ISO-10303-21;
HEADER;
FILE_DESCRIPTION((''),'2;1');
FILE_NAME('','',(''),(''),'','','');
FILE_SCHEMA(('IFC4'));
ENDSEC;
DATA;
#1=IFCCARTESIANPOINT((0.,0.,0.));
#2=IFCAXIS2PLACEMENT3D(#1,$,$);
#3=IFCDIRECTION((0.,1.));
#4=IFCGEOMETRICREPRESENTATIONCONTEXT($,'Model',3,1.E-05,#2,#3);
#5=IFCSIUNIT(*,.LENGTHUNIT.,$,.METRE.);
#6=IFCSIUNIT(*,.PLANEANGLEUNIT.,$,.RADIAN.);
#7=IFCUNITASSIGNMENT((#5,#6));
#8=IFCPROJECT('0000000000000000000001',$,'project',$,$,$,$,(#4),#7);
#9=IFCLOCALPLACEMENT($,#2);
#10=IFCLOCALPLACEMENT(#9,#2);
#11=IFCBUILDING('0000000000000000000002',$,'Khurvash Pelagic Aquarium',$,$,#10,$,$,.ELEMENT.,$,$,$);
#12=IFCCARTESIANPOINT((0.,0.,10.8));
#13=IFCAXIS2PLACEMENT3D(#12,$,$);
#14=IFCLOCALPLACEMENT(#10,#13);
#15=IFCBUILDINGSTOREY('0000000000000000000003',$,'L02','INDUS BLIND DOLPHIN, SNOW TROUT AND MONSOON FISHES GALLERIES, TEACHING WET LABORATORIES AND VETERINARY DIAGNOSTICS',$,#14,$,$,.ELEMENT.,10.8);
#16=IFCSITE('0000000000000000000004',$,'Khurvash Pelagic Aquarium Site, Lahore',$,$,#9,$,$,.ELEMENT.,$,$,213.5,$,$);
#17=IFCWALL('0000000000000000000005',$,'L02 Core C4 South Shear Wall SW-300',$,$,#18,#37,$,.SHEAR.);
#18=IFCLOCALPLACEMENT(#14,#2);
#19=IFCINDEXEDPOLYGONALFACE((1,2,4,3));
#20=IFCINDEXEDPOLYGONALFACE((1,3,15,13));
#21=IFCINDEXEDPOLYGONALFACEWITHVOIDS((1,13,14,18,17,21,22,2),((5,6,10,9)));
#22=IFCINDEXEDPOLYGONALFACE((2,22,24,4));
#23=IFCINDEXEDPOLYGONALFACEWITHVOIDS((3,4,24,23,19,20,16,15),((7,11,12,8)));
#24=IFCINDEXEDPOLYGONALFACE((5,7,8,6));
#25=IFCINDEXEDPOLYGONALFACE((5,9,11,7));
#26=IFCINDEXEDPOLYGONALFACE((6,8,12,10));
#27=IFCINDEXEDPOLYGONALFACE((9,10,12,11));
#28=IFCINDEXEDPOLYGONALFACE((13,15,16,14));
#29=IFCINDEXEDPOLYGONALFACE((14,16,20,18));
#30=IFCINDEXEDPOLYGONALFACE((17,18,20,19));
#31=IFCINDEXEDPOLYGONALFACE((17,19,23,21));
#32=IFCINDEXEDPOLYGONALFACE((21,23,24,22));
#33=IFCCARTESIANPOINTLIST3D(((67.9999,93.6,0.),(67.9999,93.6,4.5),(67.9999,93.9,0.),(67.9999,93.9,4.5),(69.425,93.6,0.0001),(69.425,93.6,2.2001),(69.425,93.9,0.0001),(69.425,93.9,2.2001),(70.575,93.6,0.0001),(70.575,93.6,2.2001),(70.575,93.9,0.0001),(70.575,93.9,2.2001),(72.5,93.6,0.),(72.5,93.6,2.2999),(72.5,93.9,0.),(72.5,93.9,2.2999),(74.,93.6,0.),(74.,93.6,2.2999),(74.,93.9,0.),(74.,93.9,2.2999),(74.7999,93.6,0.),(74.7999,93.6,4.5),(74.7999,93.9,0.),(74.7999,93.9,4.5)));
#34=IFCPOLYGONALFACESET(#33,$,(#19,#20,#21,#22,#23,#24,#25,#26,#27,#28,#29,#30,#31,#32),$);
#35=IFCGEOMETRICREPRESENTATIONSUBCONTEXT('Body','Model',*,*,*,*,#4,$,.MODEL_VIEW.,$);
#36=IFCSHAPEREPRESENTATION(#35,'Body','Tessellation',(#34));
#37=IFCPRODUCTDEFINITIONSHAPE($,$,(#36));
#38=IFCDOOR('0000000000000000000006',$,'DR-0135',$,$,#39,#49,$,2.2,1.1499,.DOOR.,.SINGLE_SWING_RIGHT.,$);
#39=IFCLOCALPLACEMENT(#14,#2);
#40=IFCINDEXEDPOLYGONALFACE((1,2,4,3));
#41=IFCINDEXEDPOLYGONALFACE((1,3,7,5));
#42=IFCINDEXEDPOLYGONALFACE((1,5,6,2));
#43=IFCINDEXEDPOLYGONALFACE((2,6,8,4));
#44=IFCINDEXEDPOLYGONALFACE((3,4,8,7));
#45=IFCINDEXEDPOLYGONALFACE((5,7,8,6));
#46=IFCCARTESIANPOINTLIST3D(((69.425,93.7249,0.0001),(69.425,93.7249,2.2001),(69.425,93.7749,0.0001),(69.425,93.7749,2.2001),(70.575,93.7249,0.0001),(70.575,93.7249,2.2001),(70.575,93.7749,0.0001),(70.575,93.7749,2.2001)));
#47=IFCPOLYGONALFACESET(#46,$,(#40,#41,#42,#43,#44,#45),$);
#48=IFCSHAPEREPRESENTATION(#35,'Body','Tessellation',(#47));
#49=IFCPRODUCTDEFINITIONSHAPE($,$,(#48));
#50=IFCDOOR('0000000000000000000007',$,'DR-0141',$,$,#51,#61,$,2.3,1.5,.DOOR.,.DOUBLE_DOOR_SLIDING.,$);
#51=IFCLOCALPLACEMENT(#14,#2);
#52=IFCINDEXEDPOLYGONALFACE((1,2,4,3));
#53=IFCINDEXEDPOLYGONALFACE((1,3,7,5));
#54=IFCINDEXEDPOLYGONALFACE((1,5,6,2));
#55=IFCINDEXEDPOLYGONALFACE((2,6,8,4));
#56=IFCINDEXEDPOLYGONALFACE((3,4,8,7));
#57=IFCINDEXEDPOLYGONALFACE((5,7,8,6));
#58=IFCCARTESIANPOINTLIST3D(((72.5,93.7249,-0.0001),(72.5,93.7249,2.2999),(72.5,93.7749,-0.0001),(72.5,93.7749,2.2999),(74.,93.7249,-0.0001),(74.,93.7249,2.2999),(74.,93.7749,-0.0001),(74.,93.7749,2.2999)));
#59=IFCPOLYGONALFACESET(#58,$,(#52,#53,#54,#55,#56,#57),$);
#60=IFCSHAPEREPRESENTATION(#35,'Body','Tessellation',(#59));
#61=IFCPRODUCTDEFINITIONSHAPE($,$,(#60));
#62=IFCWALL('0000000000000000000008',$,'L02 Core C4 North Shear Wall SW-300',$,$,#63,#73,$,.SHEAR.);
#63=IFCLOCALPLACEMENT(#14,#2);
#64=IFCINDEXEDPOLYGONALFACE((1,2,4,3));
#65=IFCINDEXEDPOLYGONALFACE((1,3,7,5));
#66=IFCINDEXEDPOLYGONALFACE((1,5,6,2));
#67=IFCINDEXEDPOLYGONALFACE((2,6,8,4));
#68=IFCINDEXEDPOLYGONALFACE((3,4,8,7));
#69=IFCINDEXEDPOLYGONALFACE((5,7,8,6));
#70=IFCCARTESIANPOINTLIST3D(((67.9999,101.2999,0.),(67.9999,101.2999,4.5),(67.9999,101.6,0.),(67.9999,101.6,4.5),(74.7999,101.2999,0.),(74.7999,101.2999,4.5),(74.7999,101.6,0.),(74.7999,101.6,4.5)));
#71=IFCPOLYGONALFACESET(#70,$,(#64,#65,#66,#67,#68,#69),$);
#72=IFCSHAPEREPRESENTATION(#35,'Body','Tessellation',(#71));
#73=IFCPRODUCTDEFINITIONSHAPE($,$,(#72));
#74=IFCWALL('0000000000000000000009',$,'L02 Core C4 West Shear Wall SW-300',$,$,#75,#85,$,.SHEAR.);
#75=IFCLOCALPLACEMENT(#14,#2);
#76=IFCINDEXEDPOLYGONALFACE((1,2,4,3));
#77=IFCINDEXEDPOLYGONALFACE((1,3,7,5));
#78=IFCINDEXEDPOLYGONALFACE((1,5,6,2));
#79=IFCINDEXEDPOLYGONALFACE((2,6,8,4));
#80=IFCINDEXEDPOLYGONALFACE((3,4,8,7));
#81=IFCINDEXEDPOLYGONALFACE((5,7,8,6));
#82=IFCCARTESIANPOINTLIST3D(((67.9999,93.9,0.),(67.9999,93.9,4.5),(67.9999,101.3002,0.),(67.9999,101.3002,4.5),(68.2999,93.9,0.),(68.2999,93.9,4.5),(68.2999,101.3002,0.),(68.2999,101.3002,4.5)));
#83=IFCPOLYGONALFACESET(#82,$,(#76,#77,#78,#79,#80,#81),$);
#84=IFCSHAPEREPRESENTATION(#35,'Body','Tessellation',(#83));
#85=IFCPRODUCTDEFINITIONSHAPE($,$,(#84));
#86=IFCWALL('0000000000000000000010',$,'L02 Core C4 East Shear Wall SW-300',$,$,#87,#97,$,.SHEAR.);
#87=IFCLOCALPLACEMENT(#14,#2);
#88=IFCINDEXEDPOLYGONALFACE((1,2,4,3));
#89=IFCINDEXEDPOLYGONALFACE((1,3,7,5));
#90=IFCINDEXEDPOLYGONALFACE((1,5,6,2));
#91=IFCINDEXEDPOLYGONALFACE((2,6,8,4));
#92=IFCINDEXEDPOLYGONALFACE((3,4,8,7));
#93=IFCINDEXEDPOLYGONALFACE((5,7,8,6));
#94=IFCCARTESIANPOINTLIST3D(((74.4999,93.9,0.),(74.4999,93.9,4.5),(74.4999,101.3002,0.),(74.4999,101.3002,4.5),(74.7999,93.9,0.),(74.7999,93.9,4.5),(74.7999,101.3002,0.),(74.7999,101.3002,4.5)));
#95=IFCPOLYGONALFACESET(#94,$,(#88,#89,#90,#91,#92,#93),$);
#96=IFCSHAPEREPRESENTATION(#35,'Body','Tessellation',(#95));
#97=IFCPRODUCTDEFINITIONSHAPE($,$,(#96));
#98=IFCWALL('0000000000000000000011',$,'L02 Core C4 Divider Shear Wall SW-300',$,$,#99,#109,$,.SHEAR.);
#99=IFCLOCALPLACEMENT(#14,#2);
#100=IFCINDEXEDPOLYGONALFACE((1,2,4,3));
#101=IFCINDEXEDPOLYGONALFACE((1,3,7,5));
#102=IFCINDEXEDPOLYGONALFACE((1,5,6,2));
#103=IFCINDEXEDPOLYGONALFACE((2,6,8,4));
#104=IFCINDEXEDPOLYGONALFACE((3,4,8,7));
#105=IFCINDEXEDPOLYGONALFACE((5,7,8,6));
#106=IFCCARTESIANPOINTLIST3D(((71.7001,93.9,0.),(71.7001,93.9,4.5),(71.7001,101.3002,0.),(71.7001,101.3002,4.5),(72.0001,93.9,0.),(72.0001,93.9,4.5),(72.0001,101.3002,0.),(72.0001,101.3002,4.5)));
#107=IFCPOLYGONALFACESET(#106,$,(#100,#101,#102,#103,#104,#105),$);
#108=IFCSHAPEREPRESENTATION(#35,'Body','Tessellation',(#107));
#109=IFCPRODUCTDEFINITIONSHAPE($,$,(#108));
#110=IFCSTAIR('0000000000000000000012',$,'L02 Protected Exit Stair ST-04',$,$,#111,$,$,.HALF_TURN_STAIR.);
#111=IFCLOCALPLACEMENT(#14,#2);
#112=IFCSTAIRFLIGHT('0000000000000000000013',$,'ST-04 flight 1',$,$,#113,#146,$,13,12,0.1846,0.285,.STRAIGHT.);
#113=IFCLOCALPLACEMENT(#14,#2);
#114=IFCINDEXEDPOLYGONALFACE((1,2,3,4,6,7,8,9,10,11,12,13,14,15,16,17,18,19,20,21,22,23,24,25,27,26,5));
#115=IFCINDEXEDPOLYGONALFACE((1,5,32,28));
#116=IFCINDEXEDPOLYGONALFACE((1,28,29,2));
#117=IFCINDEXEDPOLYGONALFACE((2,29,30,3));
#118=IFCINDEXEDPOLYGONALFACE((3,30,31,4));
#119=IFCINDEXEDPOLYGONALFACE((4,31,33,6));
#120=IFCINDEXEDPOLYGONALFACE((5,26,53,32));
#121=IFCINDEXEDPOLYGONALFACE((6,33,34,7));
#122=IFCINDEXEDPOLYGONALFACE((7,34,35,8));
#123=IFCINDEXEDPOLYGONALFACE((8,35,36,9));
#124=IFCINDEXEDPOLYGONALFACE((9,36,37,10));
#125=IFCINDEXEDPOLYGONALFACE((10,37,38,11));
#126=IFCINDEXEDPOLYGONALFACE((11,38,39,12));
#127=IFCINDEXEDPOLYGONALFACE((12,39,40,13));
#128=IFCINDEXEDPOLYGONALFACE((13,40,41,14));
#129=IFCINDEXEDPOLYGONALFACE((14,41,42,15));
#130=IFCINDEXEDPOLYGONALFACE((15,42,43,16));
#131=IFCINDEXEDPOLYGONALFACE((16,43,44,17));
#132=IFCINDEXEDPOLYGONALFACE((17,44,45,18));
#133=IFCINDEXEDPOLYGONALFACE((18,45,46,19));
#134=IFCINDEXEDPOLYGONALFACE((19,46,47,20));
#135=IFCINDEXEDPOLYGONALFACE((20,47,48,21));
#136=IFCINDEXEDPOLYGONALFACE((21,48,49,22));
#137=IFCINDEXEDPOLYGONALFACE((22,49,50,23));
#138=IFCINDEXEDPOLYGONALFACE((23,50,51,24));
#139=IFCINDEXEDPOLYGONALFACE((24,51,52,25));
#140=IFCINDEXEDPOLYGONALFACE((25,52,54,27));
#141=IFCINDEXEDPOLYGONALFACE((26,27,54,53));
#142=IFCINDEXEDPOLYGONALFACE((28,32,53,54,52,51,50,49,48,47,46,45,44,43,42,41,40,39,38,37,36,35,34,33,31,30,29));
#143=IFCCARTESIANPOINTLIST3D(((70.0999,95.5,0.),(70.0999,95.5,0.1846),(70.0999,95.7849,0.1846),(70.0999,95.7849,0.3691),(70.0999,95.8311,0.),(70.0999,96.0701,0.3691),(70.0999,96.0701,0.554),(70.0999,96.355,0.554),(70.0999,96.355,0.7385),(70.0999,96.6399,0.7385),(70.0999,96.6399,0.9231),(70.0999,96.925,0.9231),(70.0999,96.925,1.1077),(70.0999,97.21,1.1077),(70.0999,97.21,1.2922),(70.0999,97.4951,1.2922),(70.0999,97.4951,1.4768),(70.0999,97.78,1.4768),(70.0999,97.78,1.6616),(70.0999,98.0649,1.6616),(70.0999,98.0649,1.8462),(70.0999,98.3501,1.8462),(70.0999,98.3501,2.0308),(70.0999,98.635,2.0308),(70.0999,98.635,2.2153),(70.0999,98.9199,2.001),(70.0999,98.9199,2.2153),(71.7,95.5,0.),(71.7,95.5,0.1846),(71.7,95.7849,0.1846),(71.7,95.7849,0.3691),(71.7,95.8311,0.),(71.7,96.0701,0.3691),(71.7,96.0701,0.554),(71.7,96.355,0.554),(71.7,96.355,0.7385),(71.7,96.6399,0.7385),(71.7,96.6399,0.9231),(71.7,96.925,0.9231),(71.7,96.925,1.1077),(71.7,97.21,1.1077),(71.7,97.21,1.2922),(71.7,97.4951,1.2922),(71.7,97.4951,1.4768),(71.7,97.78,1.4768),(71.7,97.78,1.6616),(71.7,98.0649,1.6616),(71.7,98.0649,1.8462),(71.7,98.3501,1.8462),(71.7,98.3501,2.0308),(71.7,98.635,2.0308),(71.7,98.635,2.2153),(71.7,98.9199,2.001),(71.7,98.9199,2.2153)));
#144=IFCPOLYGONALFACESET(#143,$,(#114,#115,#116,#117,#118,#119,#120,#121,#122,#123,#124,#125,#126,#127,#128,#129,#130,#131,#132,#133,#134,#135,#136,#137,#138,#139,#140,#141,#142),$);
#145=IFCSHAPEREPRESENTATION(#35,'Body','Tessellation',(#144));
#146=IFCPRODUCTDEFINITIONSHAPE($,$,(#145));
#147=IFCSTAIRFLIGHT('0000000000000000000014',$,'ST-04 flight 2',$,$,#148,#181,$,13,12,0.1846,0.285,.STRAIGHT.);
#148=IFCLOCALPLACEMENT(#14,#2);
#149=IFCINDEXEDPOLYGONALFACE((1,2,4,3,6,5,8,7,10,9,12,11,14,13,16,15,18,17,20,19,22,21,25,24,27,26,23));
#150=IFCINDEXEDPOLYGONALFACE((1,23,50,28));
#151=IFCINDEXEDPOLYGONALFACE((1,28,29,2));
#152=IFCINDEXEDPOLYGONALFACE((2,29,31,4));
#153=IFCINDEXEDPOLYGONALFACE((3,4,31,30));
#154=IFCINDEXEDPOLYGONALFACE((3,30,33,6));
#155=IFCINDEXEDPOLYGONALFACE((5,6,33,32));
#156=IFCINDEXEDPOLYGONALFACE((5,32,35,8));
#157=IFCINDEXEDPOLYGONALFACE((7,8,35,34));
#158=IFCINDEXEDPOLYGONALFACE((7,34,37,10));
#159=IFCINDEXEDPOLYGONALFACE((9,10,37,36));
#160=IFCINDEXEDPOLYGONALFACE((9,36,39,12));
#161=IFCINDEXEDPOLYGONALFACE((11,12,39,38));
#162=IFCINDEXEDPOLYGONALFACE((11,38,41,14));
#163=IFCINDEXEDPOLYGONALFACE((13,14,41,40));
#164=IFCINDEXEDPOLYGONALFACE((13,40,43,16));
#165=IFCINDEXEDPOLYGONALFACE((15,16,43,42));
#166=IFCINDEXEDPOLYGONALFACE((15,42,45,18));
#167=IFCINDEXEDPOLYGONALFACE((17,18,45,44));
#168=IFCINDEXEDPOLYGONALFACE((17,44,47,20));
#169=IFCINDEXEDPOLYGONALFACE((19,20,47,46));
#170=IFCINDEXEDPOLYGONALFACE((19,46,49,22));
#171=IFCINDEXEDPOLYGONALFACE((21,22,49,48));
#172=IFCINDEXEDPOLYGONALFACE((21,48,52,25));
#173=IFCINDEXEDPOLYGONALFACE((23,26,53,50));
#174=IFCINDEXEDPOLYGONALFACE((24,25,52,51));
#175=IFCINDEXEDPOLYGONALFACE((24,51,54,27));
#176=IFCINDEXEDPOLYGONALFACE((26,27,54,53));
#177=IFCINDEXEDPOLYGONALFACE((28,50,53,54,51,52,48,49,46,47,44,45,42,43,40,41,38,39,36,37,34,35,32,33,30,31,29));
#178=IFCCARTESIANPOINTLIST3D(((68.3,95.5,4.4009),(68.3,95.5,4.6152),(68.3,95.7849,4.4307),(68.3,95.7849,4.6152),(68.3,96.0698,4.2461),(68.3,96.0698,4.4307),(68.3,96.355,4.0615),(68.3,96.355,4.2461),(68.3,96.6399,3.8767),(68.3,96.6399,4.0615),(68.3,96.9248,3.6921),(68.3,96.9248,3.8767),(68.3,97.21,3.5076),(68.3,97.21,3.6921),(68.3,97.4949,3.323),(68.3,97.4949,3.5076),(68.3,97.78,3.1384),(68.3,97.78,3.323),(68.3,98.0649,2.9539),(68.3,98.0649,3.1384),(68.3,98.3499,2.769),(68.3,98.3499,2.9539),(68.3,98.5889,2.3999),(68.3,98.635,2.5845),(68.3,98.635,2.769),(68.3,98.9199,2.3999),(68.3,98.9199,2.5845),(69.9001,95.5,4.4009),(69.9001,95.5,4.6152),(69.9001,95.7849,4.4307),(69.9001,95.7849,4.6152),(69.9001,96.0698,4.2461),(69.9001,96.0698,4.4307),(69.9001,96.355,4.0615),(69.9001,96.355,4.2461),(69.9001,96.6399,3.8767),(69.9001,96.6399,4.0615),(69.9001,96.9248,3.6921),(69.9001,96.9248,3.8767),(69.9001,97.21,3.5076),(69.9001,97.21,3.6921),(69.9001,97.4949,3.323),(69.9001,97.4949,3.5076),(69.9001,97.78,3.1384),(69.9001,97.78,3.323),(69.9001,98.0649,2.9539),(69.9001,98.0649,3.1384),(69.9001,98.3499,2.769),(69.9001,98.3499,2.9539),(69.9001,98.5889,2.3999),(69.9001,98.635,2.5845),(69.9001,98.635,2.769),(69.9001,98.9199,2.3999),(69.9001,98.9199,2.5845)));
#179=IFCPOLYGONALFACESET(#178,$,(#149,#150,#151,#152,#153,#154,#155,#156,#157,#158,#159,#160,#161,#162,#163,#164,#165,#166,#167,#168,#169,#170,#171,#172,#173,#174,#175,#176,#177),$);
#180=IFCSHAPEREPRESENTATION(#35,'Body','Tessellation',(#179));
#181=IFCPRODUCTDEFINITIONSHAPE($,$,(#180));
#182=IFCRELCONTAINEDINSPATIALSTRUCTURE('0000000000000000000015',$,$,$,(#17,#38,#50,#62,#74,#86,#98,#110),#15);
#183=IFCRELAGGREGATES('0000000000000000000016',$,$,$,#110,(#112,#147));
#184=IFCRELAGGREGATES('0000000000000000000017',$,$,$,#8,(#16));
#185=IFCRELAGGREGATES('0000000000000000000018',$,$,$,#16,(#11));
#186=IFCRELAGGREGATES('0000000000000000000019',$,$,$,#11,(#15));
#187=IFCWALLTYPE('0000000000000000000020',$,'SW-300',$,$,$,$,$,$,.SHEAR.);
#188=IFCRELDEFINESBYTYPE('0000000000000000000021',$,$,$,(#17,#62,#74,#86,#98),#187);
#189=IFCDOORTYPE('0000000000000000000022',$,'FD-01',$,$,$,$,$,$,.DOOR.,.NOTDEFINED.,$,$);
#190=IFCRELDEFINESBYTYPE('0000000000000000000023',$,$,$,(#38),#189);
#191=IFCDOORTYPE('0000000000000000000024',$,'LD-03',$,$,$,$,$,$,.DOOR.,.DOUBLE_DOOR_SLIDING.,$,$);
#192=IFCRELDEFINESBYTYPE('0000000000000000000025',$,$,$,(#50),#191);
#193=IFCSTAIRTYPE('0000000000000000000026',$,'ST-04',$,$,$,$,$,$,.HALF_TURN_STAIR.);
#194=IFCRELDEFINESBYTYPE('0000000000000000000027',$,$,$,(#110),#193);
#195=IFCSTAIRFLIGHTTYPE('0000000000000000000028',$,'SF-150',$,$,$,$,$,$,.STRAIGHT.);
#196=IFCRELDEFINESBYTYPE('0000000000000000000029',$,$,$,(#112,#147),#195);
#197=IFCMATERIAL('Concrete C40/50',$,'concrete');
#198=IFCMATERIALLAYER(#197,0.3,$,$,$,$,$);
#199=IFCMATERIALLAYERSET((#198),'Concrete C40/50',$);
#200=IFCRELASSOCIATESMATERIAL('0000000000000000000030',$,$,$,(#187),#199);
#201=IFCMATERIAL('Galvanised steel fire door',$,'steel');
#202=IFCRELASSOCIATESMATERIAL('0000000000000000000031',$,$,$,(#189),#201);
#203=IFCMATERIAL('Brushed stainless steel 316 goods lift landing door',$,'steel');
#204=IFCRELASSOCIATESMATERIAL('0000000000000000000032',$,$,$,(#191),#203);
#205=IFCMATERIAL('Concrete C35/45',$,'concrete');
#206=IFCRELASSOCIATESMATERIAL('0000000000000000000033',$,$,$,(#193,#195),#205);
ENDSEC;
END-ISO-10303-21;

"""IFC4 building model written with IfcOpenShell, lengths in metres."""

from ifc_helpers import new_model, si_unit, direction, frame, frame_2d, origin, place, context, subcontext, project, spatial, polyline, rectangle, outline, extrude, material, layer, layer_set, type_object, element, fill, aggregate, save


model = new_model("IFC4")

# Units and contexts
model_context = context("Model", 3, precision=1e-05, world=origin(), true_north=direction((0.0, 1.0)))
body_context = subcontext(model_context, "Body", "Model", "MODEL_VIEW")
ifc_project = project(units=[si_unit("LENGTHUNIT", "METRE"), si_unit("PLANEANGLEUNIT", "RADIAN")], contexts=[model_context])

# Site, building, storey
site_placement = place(None, origin())
site = spatial("IfcSite", under=ifc_project, at=site_placement, Name="Khurvash Pelagic Aquarium Site, Lahore", CompositionType="ELEMENT", RefElevation=213.5)
building_placement = place(site_placement, origin())
building = spatial("IfcBuilding", under=site, at=building_placement, Name="Khurvash Pelagic Aquarium", CompositionType="ELEMENT")
storey_placement = place(building_placement, frame((0.0, 0.0, 10.8)))
storey = spatial("IfcBuildingStorey", under=building, at=storey_placement, Name="L02", Description="INDUS BLIND DOLPHIN, SNOW TROUT AND MONSOON FISHES GALLERIES, TEACHING WET LABORATORIES AND VETERINARY DIAGNOSTICS", CompositionType="ELEMENT", Elevation=10.8)

# Shared definitions
ifc_material_1 = material(Name="Concrete C35/45", Category="concrete")

# Shared definitions
ifc_material_2 = material(Name="Concrete C40/50", Category="concrete")

# Wall, openings, doors
ifc_layer_1 = layer(ifc_material_2, 0.3)
ifc_layer_set_1 = layer_set([ifc_layer_1], Name="Concrete C40/50")
wall_type_1 = type_object("IfcWallType", Name="SW-300", PredefinedType="SHEAR", material=ifc_layer_set_1)
wall_1_placement = place(storey_placement, frame((68.0, 93.75, 0.0), z_axis=(0.0, 0.0, 1.0), x_axis=(1.0, 0.0, 0.0)))
wall_1 = element("IfcWall", 1, at=wall_1_placement, inside=storey, type_object=wall_type_1, Name="L02 Core C4 South Shear Wall SW-300", PredefinedType="SHEAR", context=body_context, shape_type="SweptSolid", body=[
    extrude(rectangle(XDim=6.8, YDim=0.3, at=frame_2d((3.3999, 0.0))), origin(), (0.0, 0.0, 1.0), 4.5),
])
opening_1_placement = place(wall_1_placement, frame((1.425, 0.0, 0.0)))
opening_1 = element("IfcOpeningElement", 2, at=opening_1_placement, cuts=wall_1, PredefinedType="OPENING", context=body_context, shape_type="SweptSolid", body=[
    extrude(rectangle(XDim=1.1499, YDim=2.2, at=frame_2d((0.575, 1.1001))), frame((0.0, 0.1602, 0.0), z_axis=(0.0, -1.0, 0.0), x_axis=(1.0, 0.0, 0.0)), (0.0, 0.0, 1.0), 0.3201),
])
opening_2_placement = place(wall_1_placement, frame((4.5, 0.0, 0.0)))
opening_2 = element("IfcOpeningElement", 3, at=opening_2_placement, cuts=wall_1, PredefinedType="OPENING", context=body_context, shape_type="SweptSolid", body=[
    extrude(rectangle(XDim=1.5, YDim=2.3, at=frame_2d((0.75, 1.1499))), frame((0.0, 0.1602, 0.0), z_axis=(0.0, -1.0, 0.0), x_axis=(1.0, 0.0, 0.0)), (0.0, 0.0, 1.0), 0.3201),
])
ifc_material_3 = material(Name="Galvanised steel fire door", Category="steel")
door_type_1 = type_object("IfcDoorType", Name="FD-01", OperationType="NOTDEFINED", PredefinedType="DOOR", material=ifc_material_3)
door_1_placement = place(opening_1_placement, origin())
door_1 = element("IfcDoor", 4, at=door_1_placement, inside=storey, type_object=door_type_1, Name="DR-0135", OperationType="SINGLE_SWING_RIGHT", OverallHeight=2.2, OverallWidth=1.1499, PredefinedType="DOOR", context=body_context, shape_type="SweptSolid", body=[
    extrude(rectangle(XDim=1.1499, YDim=2.2, at=frame_2d((0.575, 1.1001))), frame((0.0, 0.0249, 0.0), z_axis=(0.0, -1.0, 0.0), x_axis=(1.0, 0.0, 0.0)), (0.0, 0.0, 1.0), 0.05),
])
fill(opening_1, door_1)
ifc_material_4 = material(Name="Brushed stainless steel 316 goods lift landing door", Category="steel")
door_type_2 = type_object("IfcDoorType", Name="LD-03", OperationType="DOUBLE_DOOR_SLIDING", PredefinedType="DOOR", material=ifc_material_4)
door_2_placement = place(opening_2_placement, origin())
door_2 = element("IfcDoor", 5, at=door_2_placement, inside=storey, type_object=door_type_2, Name="DR-0141", OperationType="DOUBLE_DOOR_SLIDING", OverallHeight=2.3, OverallWidth=1.5, PredefinedType="DOOR", context=body_context, shape_type="SweptSolid", body=[
    extrude(rectangle(XDim=1.5, YDim=2.3, at=frame_2d((0.75, 1.1499))), frame((0.0, 0.0249, 0.0), z_axis=(0.0, -1.0, 0.0), x_axis=(1.0, 0.0, 0.0)), (0.0, 0.0, 1.0), 0.05),
])
fill(opening_2, door_2)

# Walls
wall_2_placement = place(storey_placement, frame((68.0, 101.45, 0.0), z_axis=(0.0, 0.0, 1.0), x_axis=(1.0, 0.0, 0.0)))
element("IfcWall", 6, at=wall_2_placement, inside=storey, type_object=wall_type_1, Name="L02 Core C4 North Shear Wall SW-300", PredefinedType="SHEAR", context=body_context, shape_type="SweptSolid", body=[
    extrude(rectangle(XDim=6.8, YDim=0.3, at=frame_2d((3.3999, 0.0))), origin(), (0.0, 0.0, 1.0), 4.5),
])
for number, where, z_axis, x_axis, name in (
    (7, (68.1499, 93.8999, 0.0), (0.0, 0.0, 1.0), (0.0, 1.0, 0.0), "L02 Core C4 West Shear Wall SW-300"),
    (8, (74.6499, 93.8999, 0.0), (0.0, 0.0, 1.0), (0.0, 1.0, 0.0), "L02 Core C4 East Shear Wall SW-300"),
    (9, (71.8501, 93.8999, 0.0), (0.0, 0.0, 1.0), (0.0, 1.0, 0.0), "L02 Core C4 Divider Shear Wall SW-300"),
):
    element("IfcWall", number, at=place(storey_placement, frame(where, z_axis=z_axis, x_axis=x_axis)), inside=storey, type_object=wall_type_1, Name=name, PredefinedType="SHEAR", context=body_context, shape_type="SweptSolid", body=[
        extrude(rectangle(XDim=7.4001, YDim=0.3, at=frame_2d((3.7002, 0.0))), origin(), (0.0, 0.0, 1.0), 4.5),
    ])

# Stair, stair flights
stair_type = type_object("IfcStairType", Name="ST-04", PredefinedType="HALF_TURN_STAIR", material=ifc_material_1)
stair_placement = place(storey_placement, origin())
stair = element("IfcStair", 10, at=stair_placement, inside=storey, type_object=stair_type, Name="L02 Protected Exit Stair ST-04", PredefinedType="HALF_TURN_STAIR")
stair_flight_type = type_object("IfcStairFlightType", Name="SF-150", PredefinedType="STRAIGHT", material=ifc_material_1)
stair_flight_1_placement = place(storey_placement, frame((70.8999, 95.5, 0.0), z_axis=(0.0, 0.0, 1.0), x_axis=(0.0, 1.0, 0.0)))
stair_flight_1 = element("IfcStairFlight", 11, at=stair_flight_1_placement, type_object=stair_flight_type, Name="ST-04 flight 1", NumberOfRisers=13, NumberOfTreads=12, PredefinedType="STRAIGHT", RiserHeight=0.1846, TreadLength=0.285, context=body_context, shape_type="SweptSolid", body=[
    extrude(outline(polyline([(0.0, 0.0), (0.0, 0.1846), (0.2849, 0.1846), (0.2849, 0.3691), (0.5701, 0.3691), (0.5701, 0.554), (0.855, 0.554), (0.855, 0.7385), (1.1399, 0.7385), (1.1399, 0.9231), (1.425, 0.9231), (1.425, 1.1077), (1.71, 1.1077), (1.71, 1.2922), (1.9951, 1.2922), (1.9951, 1.4768), (2.28, 1.4768), (2.28, 1.6616), (2.5649, 1.6616), (2.5649, 1.8462), (2.8501, 1.8462), (2.8501, 2.0308), (3.135, 2.0308), (3.135, 2.2153), (3.4199, 2.2153), (3.4199, 2.3999), (3.4199, 2.001), (0.3311, 0.0), (0.0, 0.0)])), frame((0.0, 0.8, 0.0), z_axis=(0.0, -1.0, 0.0), x_axis=(1.0, 0.0, 0.0)), (0.0, 0.0, 1.0), 1.6001),
])
stair_flight_2_placement = place(storey_placement, frame((69.1001, 98.9199, 2.3999), z_axis=(0.0, 0.0, 1.0), x_axis=(0.0, -1.0, 0.0)))
stair_flight_2 = element("IfcStairFlight", 12, at=stair_flight_2_placement, type_object=stair_flight_type, Name="ST-04 flight 2", NumberOfRisers=13, NumberOfTreads=12, PredefinedType="STRAIGHT", RiserHeight=0.1846, TreadLength=0.285, context=body_context, shape_type="SweptSolid", body=[
    extrude(outline(polyline([(0.0, 0.0), (0.0, 0.1846), (0.2849, 0.1846), (0.2849, 0.3691), (0.5701, 0.3691), (0.5701, 0.554), (0.855, 0.554), (0.855, 0.7385), (1.1399, 0.7385), (1.1399, 0.9231), (1.425, 0.9231), (1.425, 1.1077), (1.71, 1.1077), (1.71, 1.2922), (1.9951, 1.2922), (1.9951, 1.4768), (2.28, 1.4768), (2.28, 1.6616), (2.5649, 1.6616), (2.5649, 1.8462), (2.8501, 1.8462), (2.8501, 2.0308), (3.135, 2.0308), (3.135, 2.2153), (3.4199, 2.2153), (3.4199, 2.3999), (3.4199, 2.001), (0.3311, 0.0), (0.0, 0.0)])), frame((0.0, 0.8, 0.0), z_axis=(0.0, -1.0, 0.0), x_axis=(1.0, 0.0, 0.0)), (0.0, 0.0, 1.0), 1.6001),
])
aggregate(stair, [stair_flight_1, stair_flight_2])

save(model, "model.ifc")
